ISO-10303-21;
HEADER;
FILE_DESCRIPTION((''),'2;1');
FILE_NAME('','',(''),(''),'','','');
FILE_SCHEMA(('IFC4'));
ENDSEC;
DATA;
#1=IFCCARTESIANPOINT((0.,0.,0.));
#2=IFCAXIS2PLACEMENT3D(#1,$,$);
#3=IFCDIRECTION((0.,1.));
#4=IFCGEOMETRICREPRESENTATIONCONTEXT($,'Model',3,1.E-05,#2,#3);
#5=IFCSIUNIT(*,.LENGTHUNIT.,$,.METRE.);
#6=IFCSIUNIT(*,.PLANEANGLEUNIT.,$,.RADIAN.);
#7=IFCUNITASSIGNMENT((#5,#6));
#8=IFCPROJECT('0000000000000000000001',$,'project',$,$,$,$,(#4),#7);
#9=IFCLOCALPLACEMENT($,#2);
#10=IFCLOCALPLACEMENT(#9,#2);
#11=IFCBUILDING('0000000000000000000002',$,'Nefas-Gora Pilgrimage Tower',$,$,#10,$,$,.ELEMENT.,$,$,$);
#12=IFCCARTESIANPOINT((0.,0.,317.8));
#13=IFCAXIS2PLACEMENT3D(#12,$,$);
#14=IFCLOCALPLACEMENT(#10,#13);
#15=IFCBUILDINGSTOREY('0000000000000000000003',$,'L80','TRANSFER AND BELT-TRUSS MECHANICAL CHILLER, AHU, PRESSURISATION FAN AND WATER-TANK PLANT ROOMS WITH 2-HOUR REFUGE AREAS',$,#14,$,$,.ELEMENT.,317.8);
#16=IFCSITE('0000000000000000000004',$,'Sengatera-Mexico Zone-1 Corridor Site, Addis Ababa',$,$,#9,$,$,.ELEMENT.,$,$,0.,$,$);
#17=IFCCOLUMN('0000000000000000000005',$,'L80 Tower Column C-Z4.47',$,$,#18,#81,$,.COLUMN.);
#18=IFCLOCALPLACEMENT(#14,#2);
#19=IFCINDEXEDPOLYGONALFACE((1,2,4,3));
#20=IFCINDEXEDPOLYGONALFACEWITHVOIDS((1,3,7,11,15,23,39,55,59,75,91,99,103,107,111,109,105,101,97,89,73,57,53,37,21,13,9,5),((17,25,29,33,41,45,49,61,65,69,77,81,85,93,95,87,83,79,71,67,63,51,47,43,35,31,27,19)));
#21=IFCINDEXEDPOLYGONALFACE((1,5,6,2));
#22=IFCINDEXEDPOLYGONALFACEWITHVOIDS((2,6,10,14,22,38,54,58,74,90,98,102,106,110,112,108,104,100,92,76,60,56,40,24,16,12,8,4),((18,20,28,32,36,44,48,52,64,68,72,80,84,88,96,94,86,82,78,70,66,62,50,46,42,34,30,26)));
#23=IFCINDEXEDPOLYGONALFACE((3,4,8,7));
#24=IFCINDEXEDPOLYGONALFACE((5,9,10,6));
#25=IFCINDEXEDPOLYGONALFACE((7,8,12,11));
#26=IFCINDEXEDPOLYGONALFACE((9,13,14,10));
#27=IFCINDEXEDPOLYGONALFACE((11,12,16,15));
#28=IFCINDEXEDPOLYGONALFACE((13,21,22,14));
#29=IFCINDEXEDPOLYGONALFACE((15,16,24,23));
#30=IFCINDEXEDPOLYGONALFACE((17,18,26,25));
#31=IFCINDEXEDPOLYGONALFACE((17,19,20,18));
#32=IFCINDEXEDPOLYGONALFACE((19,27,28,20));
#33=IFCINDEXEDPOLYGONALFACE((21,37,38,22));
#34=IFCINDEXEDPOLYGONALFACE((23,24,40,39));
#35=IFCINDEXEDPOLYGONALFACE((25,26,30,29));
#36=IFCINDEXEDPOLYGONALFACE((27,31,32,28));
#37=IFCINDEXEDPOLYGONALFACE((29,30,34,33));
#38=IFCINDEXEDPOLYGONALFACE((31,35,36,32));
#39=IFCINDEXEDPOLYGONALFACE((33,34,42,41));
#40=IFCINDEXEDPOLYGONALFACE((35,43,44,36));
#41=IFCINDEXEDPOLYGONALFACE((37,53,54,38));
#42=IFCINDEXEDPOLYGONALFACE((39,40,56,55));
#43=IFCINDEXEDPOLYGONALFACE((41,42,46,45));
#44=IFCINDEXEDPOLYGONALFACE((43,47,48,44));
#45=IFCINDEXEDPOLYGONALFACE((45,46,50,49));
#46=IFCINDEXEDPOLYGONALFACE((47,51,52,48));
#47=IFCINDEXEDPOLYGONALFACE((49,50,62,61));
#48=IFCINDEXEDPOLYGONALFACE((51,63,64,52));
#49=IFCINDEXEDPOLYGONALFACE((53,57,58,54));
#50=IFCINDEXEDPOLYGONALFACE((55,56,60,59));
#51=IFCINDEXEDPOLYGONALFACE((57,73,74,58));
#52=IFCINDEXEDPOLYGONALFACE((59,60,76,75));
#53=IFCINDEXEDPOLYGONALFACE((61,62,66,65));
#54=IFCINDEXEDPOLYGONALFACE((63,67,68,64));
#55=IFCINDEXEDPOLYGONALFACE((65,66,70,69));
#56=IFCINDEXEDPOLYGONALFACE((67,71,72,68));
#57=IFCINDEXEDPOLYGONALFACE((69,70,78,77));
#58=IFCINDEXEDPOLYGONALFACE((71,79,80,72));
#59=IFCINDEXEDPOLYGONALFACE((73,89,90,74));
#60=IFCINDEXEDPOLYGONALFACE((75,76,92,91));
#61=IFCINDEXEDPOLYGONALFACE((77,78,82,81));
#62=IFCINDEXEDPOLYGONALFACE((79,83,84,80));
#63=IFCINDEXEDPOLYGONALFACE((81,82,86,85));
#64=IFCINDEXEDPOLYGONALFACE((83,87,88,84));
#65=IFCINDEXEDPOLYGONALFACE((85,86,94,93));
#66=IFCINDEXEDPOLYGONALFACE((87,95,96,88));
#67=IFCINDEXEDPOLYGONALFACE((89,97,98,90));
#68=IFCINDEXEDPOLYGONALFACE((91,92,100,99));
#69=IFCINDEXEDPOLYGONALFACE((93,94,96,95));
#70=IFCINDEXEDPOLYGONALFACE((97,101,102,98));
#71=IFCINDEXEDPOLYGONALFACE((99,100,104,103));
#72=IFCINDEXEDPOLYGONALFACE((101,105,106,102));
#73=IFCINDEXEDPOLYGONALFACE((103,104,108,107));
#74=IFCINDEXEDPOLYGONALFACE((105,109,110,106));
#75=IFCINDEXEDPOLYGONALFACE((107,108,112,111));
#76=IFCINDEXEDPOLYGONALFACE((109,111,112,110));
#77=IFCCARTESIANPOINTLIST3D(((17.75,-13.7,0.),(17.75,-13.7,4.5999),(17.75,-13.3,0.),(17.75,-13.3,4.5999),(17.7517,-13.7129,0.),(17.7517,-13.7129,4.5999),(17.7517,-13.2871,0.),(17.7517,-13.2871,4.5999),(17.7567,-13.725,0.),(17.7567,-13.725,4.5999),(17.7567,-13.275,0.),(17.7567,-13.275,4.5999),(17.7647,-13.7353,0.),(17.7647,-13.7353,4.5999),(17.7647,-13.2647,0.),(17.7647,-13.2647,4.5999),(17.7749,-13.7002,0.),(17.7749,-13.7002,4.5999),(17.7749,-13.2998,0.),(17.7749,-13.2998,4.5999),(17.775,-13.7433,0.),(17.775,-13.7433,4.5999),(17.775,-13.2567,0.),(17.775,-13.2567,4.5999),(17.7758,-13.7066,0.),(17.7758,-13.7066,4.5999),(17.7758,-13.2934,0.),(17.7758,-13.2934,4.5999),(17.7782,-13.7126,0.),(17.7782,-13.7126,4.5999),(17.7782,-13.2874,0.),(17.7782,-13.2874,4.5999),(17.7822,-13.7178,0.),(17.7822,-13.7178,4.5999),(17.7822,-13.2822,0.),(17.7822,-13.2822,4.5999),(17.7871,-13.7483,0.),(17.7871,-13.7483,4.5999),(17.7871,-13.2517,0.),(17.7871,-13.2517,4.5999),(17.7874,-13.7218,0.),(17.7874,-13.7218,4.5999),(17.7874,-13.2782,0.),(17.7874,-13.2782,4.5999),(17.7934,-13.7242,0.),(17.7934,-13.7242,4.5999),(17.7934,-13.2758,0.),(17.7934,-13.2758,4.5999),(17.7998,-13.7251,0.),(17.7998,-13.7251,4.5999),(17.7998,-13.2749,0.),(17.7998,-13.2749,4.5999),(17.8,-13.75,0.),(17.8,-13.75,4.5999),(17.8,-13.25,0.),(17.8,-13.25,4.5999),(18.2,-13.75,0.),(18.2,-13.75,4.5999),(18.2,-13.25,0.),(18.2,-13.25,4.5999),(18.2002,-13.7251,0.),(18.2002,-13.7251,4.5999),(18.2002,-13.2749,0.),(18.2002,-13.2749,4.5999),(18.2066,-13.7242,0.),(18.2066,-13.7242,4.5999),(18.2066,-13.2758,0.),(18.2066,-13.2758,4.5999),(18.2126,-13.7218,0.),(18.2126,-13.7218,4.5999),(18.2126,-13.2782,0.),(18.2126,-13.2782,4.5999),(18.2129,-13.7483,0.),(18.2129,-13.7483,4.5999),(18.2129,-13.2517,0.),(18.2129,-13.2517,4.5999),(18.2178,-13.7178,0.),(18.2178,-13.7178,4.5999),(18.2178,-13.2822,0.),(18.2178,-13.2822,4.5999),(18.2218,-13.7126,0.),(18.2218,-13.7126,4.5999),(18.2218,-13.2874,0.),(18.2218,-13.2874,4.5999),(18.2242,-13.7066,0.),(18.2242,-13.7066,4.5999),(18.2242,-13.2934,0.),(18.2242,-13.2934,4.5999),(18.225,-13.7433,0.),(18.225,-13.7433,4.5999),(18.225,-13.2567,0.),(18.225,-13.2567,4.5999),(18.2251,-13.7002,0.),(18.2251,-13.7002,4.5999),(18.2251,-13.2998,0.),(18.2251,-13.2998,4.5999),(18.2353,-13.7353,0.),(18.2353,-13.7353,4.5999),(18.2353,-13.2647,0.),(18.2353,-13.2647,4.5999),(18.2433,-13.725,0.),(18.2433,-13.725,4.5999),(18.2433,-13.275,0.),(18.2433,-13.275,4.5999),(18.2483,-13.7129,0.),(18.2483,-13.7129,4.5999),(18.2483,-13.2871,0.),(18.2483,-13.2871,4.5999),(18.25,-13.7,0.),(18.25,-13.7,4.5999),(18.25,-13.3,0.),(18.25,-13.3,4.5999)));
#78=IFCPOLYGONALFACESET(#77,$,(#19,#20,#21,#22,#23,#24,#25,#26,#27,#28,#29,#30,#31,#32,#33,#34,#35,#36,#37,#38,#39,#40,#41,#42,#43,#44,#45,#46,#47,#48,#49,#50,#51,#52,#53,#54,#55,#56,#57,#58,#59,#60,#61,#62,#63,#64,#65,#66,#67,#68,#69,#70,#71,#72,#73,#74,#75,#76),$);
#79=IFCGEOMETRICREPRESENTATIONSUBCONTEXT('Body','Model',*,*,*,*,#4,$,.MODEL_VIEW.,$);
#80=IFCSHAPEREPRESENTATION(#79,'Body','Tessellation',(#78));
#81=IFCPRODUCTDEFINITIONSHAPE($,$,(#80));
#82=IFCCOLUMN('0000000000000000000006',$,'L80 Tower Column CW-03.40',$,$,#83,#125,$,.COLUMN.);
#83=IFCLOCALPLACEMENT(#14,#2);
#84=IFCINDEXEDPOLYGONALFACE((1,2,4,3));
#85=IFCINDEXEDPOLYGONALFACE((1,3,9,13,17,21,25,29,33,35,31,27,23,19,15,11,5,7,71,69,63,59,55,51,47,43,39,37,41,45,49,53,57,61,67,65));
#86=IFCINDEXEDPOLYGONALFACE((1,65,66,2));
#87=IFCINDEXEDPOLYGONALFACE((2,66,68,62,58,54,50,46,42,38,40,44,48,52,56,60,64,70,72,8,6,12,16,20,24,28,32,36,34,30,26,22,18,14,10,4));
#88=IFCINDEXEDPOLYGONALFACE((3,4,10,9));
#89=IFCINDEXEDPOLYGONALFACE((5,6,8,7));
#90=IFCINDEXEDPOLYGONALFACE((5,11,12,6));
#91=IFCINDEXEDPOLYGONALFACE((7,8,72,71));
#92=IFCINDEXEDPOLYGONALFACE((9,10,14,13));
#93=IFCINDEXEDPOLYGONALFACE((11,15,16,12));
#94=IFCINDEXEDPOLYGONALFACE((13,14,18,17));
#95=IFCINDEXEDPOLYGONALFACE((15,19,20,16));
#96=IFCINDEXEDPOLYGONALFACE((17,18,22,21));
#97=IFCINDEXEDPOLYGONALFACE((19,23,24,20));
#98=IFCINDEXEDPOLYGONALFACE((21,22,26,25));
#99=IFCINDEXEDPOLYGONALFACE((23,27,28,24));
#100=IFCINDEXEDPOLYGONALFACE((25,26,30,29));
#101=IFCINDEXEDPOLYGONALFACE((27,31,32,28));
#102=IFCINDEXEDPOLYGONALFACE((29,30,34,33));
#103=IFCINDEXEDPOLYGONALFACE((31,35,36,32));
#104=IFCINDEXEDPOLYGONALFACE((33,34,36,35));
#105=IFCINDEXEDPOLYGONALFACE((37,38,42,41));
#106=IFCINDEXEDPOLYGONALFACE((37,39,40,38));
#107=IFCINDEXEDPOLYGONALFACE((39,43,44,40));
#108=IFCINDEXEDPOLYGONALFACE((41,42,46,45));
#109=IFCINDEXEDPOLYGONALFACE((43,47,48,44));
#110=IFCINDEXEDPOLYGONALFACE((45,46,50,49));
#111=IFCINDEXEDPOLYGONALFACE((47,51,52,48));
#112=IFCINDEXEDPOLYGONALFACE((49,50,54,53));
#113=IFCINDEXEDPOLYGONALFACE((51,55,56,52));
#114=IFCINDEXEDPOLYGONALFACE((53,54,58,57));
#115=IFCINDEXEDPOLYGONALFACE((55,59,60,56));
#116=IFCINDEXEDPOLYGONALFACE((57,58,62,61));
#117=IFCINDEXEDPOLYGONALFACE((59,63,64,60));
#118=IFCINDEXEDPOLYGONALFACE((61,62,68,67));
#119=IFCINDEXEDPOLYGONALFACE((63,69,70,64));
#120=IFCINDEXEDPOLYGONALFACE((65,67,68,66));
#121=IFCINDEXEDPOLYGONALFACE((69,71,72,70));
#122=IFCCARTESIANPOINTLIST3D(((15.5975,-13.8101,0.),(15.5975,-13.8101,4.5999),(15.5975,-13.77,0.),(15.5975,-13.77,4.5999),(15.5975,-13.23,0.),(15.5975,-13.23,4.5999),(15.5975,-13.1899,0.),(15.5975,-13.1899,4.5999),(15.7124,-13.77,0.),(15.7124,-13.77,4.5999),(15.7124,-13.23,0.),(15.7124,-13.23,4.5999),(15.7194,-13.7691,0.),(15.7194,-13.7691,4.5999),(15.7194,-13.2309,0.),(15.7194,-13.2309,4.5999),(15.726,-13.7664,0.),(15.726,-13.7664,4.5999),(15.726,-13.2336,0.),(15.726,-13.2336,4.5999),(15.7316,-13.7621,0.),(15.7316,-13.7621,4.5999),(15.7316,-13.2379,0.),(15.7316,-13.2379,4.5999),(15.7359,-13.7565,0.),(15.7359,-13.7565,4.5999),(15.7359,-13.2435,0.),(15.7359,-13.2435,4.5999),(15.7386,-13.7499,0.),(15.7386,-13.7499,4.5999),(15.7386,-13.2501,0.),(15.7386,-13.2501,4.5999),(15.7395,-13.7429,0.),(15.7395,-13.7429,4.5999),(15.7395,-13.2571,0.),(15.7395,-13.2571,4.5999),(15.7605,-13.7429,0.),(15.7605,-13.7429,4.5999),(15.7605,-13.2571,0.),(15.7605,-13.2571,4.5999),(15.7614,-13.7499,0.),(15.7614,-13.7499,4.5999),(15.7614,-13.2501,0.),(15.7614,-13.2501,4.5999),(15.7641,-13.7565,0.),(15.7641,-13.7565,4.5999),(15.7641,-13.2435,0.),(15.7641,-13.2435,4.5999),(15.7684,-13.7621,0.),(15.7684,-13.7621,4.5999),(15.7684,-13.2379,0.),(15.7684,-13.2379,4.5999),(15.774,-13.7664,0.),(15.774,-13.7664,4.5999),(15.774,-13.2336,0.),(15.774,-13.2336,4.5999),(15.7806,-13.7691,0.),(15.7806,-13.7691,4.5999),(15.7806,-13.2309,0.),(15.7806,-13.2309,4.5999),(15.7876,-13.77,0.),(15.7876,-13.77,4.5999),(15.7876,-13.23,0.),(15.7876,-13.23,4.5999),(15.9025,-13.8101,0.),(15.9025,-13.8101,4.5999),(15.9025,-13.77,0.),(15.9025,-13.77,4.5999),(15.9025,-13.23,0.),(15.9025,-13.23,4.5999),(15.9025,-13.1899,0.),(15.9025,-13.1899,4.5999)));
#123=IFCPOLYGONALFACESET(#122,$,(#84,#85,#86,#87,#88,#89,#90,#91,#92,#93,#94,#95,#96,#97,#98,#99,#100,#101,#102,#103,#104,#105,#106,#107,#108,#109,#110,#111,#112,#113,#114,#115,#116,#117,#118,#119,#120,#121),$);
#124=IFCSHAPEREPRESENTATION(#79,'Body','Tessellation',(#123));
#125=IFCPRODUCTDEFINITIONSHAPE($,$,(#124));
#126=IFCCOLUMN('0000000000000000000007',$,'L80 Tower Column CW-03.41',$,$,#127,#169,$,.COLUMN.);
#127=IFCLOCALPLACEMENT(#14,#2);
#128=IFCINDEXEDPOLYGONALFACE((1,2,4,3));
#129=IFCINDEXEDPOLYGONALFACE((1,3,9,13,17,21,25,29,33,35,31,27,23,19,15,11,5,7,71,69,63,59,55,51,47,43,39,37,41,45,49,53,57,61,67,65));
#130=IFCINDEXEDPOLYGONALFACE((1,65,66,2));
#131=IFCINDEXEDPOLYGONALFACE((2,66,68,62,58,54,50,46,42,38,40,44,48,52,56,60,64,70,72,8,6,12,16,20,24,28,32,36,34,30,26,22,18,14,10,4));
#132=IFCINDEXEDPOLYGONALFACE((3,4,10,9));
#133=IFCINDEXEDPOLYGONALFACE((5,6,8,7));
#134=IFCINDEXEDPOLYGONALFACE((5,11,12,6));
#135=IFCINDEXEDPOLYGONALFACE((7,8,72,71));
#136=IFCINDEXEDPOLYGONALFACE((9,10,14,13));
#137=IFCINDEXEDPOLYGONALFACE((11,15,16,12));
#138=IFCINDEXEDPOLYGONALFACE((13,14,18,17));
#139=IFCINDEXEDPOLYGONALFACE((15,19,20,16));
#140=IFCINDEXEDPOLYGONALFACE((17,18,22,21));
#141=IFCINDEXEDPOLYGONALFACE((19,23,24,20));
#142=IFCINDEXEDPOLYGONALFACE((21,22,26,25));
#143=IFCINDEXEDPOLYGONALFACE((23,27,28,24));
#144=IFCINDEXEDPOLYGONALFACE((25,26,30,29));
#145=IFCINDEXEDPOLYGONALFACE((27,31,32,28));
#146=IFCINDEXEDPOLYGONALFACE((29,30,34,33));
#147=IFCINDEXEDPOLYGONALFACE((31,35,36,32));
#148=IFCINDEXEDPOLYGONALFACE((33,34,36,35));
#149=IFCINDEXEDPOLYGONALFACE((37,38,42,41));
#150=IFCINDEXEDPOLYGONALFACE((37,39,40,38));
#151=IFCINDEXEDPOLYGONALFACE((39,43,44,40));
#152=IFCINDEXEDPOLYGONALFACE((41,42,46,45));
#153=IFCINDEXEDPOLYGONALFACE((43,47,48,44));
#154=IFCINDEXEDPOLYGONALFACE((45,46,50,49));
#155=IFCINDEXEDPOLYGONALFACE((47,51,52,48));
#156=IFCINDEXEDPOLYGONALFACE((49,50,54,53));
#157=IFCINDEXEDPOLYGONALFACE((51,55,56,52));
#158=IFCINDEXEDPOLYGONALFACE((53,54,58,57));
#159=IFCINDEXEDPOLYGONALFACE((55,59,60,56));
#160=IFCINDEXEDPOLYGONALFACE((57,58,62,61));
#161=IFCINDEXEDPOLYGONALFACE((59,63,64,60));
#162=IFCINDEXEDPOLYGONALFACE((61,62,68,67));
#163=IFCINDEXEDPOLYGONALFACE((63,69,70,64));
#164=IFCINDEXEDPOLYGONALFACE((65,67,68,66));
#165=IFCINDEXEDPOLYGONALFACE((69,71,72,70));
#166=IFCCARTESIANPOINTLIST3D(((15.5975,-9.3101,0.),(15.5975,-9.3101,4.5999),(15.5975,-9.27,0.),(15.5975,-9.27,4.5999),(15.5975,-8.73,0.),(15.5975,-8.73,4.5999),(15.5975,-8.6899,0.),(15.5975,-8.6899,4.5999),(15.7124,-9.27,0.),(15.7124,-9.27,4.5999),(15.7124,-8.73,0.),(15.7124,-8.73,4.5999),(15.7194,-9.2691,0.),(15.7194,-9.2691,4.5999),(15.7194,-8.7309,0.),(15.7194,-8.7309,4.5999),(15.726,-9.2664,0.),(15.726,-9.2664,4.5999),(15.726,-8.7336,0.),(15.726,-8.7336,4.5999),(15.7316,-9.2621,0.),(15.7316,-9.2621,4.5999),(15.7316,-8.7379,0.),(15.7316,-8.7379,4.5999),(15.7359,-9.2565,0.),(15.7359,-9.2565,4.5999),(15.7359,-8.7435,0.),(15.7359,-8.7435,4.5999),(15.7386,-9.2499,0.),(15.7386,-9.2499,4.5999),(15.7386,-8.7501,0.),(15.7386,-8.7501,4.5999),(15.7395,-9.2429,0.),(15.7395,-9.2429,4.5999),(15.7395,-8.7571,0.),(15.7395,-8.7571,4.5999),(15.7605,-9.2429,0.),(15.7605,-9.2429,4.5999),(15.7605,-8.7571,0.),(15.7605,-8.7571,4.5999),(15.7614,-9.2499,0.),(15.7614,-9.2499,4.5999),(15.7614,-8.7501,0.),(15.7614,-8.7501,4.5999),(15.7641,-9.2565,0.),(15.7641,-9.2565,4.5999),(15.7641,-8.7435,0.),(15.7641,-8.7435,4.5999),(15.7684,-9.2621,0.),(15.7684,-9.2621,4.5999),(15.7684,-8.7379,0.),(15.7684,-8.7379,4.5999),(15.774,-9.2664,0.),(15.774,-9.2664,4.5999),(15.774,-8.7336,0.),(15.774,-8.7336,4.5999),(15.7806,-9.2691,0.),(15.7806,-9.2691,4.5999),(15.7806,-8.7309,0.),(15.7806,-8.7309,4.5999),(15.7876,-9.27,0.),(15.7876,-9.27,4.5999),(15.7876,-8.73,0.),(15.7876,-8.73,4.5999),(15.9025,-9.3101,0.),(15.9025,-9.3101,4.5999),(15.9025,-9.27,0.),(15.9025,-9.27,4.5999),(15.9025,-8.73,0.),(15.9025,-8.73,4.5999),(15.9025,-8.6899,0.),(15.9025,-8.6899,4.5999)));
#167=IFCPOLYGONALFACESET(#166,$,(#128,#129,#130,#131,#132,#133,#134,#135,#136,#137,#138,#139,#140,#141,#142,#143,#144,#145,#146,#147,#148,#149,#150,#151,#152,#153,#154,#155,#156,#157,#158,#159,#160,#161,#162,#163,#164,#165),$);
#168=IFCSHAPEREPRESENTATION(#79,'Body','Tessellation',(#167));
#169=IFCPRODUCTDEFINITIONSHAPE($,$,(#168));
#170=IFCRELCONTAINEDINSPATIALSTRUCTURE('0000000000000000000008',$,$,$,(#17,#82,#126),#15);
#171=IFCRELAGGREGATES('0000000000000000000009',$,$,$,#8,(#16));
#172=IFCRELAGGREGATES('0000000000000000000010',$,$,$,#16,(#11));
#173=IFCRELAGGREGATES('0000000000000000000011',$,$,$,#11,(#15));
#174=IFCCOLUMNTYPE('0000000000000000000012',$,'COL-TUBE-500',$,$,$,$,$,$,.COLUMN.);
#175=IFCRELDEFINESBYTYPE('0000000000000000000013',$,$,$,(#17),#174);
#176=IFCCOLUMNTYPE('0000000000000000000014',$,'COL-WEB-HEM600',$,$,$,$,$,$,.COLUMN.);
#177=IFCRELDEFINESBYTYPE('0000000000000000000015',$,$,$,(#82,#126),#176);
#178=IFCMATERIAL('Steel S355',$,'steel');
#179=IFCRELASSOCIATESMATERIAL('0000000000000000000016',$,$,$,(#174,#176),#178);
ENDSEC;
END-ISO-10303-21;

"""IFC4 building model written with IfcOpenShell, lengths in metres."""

from ifc_helpers import new_model, si_unit, direction, frame, origin, origin_2d, place, context, subcontext, project, spatial, hollow_rectangle, i_section, extrude, source, transform, mapped, material, material_profile, profile_set, type_object, element, save


model = new_model("IFC4")

# Units and contexts
model_context = context("Model", 3, precision=1e-05, world=origin(), true_north=direction((0.0, 1.0)))
body_context = subcontext(model_context, "Body", "Model", "MODEL_VIEW")
ifc_project = project(units=[si_unit("LENGTHUNIT", "METRE"), si_unit("PLANEANGLEUNIT", "RADIAN")], contexts=[model_context])

# Site, building, storey
site_placement = place(None, origin())
site = spatial("IfcSite", under=ifc_project, at=site_placement, Name="Sengatera-Mexico Zone-1 Corridor Site, Addis Ababa", CompositionType="ELEMENT", RefElevation=0.0)
building_placement = place(site_placement, origin())
building = spatial("IfcBuilding", under=site, at=building_placement, Name="Nefas-Gora Pilgrimage Tower", CompositionType="ELEMENT")
storey_placement = place(building_placement, frame((0.0, 0.0, 317.8)))
storey = spatial("IfcBuildingStorey", under=building, at=storey_placement, Name="L80", Description="TRANSFER AND BELT-TRUSS MECHANICAL CHILLER, AHU, PRESSURISATION FAN AND WATER-TANK PLANT ROOMS WITH 2-HOUR REFUGE AREAS", CompositionType="ELEMENT", Elevation=317.8)

# Columns
ifc_material_1 = material(Name="Steel S355", Category="steel")
ifc_material_profile_1 = material_profile(ifc_material_1, hollow_rectangle(XDim=0.5, YDim=0.5, WallThickness=0.0249, InnerFilletRadius=0.0249, OuterFilletRadius=0.05, at=origin_2d()), Name="SHS 500x500x25")
ifc_profile_set_1 = profile_set([ifc_material_profile_1], Name="Steel S355")
column_type_1 = type_object("IfcColumnType", Name="COL-TUBE-500", PredefinedType="COLUMN", material=ifc_profile_set_1)
shared_shape_1 = source(origin(), body_context, "Body", "SweptSolid", [
    extrude(hollow_rectangle(XDim=0.5, YDim=0.5, WallThickness=0.0249, InnerFilletRadius=0.0249, OuterFilletRadius=0.05, at=origin_2d()), origin(), (0.0, 0.0, 1.0), 4.5999),
])
column_placement = place(storey_placement, frame((18.0, -13.5, 0.0), z_axis=(0.0, 0.0, 1.0), x_axis=(1.0, 0.0, 0.0)))
element("IfcColumn", 1, at=column_placement, inside=storey, type_object=column_type_1, Name="L80 Tower Column C-Z4.47", PredefinedType="COLUMN", context=body_context, shape_type="MappedRepresentation", body=[
    mapped(shared_shape_1, transform((0.0, 0.0, 0.0), x_axis=(1.0, 0.0, 0.0), y_axis=(0.0, 1.0, 0.0), z_axis=(0.0, 0.0, 1.0), scale=1.0)),
])
ifc_material_profile_2 = material_profile(ifc_material_1, i_section(OverallWidth=0.3049, OverallDepth=0.6201, WebThickness=0.021, FlangeThickness=0.04, FilletRadius=0.0271, at=origin_2d()), Name="HEM 600")
ifc_profile_set_2 = profile_set([ifc_material_profile_2], Name="Steel S355")
column_type_2 = type_object("IfcColumnType", Name="COL-WEB-HEM600", PredefinedType="COLUMN", material=ifc_profile_set_2)
shared_shape_2 = source(origin(), body_context, "Body", "SweptSolid", [
    extrude(i_section(OverallWidth=0.3049, OverallDepth=0.6201, WebThickness=0.021, FlangeThickness=0.04, FilletRadius=0.0271, at=origin_2d()), origin(), (0.0, 0.0, 1.0), 4.5999),
])
for number, where, z_axis, x_axis, name in (
    (2, (15.75, -13.5, 0.0), (0.0, 0.0, 1.0), (1.0, 0.0, 0.0), "L80 Tower Column CW-03.40"),
    (3, (15.75, -9.0, 0.0), (0.0, 0.0, 1.0), (1.0, 0.0, 0.0), "L80 Tower Column CW-03.41"),
):
    element("IfcColumn", number, at=place(storey_placement, frame(where, z_axis=z_axis, x_axis=x_axis)), inside=storey, type_object=column_type_2, Name=name, PredefinedType="COLUMN", context=body_context, shape_type="MappedRepresentation", body=[
        mapped(shared_shape_2, transform((0.0, 0.0, 0.0), x_axis=(1.0, 0.0, 0.0), y_axis=(0.0, 1.0, 0.0), z_axis=(0.0, 0.0, 1.0), scale=1.0)),
    ])

save(model, "model.ifc")
